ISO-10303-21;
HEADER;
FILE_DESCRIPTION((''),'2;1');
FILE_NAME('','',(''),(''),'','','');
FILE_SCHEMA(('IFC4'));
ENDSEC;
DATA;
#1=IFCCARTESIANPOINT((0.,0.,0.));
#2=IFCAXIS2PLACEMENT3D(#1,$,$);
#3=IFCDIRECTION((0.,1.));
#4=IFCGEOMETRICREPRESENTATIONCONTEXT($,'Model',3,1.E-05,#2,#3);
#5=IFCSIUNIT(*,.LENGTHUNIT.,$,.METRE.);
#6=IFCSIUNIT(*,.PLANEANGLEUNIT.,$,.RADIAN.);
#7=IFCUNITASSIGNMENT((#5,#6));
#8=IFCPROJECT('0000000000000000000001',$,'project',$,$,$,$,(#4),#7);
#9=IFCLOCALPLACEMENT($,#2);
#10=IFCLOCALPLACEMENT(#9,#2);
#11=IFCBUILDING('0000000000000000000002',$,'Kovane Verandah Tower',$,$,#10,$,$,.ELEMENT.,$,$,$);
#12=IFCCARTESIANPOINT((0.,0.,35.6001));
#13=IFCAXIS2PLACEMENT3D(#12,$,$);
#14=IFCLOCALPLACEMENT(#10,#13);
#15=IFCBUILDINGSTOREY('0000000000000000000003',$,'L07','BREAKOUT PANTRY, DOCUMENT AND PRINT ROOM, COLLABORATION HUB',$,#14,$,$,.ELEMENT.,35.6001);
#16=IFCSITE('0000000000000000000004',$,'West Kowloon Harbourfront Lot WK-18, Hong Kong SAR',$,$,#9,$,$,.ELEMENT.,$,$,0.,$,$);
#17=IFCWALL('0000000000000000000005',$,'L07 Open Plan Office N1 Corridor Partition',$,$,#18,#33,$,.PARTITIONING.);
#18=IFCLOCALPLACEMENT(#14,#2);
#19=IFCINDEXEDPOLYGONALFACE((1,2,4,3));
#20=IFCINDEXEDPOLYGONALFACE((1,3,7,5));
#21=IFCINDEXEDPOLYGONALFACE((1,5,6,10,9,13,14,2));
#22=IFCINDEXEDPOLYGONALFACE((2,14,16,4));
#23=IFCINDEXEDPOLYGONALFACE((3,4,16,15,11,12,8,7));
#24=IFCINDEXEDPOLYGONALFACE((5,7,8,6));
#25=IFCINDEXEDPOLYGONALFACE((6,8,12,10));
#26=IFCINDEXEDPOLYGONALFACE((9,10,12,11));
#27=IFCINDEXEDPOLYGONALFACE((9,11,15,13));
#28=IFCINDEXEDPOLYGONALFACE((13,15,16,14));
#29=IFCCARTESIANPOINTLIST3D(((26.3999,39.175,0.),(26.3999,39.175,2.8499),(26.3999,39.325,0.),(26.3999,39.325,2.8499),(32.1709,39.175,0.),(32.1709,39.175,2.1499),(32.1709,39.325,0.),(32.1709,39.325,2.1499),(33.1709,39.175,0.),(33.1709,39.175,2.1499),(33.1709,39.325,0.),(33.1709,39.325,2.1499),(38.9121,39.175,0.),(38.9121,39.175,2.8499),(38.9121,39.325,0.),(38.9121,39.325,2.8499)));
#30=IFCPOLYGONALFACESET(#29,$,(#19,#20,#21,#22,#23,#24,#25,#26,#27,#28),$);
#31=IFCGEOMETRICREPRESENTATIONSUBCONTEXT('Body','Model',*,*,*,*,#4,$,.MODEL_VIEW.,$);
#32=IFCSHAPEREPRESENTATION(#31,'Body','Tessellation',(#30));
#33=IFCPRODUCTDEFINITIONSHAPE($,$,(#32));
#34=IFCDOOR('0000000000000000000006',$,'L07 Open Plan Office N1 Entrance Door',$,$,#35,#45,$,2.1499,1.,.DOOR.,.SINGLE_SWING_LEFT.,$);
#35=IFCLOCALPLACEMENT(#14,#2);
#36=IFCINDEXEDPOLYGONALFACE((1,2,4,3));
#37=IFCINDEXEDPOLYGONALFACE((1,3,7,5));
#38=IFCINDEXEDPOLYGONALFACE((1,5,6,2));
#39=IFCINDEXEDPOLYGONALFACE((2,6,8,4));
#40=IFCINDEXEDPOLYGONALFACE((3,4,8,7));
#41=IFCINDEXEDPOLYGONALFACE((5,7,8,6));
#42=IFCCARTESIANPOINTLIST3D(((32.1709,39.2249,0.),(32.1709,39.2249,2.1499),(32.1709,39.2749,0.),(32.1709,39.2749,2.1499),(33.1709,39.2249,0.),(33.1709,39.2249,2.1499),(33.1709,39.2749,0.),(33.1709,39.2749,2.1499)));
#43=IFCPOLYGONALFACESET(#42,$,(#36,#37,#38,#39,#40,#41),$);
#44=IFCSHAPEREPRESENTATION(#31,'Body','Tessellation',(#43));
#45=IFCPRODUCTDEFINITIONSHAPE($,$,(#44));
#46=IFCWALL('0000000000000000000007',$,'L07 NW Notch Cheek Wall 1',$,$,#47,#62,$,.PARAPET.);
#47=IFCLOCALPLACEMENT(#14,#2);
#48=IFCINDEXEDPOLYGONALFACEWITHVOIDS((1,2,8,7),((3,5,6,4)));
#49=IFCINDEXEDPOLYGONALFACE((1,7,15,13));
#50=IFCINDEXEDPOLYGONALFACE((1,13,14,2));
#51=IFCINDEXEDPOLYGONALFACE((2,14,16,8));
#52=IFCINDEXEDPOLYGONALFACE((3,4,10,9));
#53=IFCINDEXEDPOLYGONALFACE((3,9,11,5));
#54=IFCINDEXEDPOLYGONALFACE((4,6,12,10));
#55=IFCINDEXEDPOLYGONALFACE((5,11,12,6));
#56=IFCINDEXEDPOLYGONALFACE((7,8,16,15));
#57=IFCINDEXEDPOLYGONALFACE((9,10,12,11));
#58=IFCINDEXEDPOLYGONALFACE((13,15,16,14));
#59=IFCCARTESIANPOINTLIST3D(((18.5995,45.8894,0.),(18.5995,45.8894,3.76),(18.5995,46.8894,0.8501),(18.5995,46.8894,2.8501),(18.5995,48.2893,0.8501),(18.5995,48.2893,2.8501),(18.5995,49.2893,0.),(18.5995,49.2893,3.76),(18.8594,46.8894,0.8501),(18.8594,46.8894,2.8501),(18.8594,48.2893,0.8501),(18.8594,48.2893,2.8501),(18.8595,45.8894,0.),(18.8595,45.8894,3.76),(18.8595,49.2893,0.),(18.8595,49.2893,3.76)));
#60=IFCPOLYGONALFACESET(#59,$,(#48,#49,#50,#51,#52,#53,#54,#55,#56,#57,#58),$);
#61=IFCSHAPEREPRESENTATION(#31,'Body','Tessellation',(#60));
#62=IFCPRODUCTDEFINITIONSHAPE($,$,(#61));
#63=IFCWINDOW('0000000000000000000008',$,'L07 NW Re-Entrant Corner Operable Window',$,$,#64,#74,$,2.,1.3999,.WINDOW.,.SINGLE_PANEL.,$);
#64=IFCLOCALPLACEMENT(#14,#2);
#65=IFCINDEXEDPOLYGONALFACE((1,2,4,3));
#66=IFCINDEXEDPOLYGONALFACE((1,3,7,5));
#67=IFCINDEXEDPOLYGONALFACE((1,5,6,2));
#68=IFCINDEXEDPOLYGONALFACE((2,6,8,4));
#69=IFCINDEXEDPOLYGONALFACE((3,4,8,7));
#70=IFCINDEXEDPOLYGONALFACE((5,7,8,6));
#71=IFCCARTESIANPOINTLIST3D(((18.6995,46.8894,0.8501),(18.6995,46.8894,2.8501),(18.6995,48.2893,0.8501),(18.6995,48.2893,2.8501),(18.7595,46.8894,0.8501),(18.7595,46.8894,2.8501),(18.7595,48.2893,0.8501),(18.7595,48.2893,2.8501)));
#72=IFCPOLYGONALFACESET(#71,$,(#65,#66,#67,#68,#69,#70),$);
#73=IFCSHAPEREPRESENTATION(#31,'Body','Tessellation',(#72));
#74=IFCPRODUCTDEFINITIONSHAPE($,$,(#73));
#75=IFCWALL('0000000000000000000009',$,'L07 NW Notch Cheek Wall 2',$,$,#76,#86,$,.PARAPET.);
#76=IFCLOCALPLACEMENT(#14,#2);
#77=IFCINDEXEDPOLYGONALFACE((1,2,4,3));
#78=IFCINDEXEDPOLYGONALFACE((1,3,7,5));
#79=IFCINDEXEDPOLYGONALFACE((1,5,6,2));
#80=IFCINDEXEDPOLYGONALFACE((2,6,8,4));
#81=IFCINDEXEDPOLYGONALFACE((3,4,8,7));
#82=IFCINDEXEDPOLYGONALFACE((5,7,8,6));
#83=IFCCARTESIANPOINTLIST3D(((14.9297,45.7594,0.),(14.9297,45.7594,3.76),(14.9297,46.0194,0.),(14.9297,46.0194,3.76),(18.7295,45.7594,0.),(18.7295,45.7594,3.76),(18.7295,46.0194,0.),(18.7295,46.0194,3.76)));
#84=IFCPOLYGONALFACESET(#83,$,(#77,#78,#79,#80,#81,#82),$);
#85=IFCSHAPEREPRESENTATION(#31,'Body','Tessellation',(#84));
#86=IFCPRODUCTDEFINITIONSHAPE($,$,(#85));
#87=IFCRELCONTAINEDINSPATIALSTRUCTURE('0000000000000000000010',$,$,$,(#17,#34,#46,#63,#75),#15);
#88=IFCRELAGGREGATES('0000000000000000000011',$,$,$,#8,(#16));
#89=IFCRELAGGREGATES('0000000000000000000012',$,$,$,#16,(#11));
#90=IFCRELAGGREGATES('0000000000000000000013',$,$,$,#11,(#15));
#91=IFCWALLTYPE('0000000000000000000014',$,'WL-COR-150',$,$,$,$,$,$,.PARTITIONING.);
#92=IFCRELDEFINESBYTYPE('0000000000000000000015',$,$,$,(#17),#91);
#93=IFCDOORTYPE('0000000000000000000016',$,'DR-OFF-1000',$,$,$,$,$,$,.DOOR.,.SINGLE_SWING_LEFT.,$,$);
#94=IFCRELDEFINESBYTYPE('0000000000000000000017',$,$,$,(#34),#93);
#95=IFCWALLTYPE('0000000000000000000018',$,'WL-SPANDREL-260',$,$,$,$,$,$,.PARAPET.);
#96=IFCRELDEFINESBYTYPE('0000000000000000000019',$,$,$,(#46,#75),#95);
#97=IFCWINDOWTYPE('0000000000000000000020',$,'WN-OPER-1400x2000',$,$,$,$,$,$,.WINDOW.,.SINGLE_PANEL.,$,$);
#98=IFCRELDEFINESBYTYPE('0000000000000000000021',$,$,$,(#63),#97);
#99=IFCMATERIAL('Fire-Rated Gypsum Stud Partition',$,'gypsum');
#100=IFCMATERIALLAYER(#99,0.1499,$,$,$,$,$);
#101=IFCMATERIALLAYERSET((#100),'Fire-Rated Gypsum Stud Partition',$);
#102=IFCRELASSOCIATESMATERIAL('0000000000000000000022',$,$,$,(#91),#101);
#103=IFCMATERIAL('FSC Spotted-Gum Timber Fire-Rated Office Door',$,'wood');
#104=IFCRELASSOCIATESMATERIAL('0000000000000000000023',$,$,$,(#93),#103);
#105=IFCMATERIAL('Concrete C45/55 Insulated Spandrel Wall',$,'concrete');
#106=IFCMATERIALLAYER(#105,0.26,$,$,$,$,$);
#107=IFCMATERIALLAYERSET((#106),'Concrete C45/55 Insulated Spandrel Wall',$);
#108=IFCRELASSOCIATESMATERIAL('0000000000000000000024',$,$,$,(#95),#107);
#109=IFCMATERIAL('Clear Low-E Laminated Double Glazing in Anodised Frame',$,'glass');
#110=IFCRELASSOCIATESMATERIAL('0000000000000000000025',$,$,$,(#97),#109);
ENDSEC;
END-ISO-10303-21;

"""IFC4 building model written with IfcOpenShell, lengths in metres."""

from ifc_helpers import new_model, si_unit, direction, frame, frame_2d, origin, place, context, subcontext, project, spatial, rectangle, extrude, material, layer, layer_set, type_object, element, fill, save


model = new_model("IFC4")

# Units and contexts
model_context = context("Model", 3, precision=1e-05, world=origin(), true_north=direction((0.0, 1.0)))
body_context = subcontext(model_context, "Body", "Model", "MODEL_VIEW")
ifc_project = project(units=[si_unit("LENGTHUNIT", "METRE"), si_unit("PLANEANGLEUNIT", "RADIAN")], contexts=[model_context])

# Site, building, storey
site_placement = place(None, origin())
site = spatial("IfcSite", under=ifc_project, at=site_placement, Name="West Kowloon Harbourfront Lot WK-18, Hong Kong SAR", CompositionType="ELEMENT", RefElevation=0.0)
building_placement = place(site_placement, origin())
building = spatial("IfcBuilding", under=site, at=building_placement, Name="Kovane Verandah Tower", CompositionType="ELEMENT")
storey_placement = place(building_placement, frame((0.0, 0.0, 35.6001)))
storey = spatial("IfcBuildingStorey", under=building, at=storey_placement, Name="L07", Description="BREAKOUT PANTRY, DOCUMENT AND PRINT ROOM, COLLABORATION HUB", CompositionType="ELEMENT", Elevation=35.6001)

# Wall, opening, door
ifc_material_1 = material(Name="Fire-Rated Gypsum Stud Partition", Category="gypsum")
ifc_layer_1 = layer(ifc_material_1, 0.1499)
ifc_layer_set_1 = layer_set([ifc_layer_1], Name="Fire-Rated Gypsum Stud Partition")
wall_type_1 = type_object("IfcWallType", Name="WL-COR-150", PredefinedType="PARTITIONING", material=ifc_layer_set_1)
wall_1_placement = place(storey_placement, frame((26.3999, 39.25, 0.0), z_axis=(0.0, 0.0, 1.0), x_axis=(1.0, 0.0, 0.0)))
wall_1 = element("IfcWall", 1, at=wall_1_placement, inside=storey, type_object=wall_type_1, Name="L07 Open Plan Office N1 Corridor Partition", PredefinedType="PARTITIONING", context=body_context, shape_type="SweptSolid", body=[
    extrude(rectangle(XDim=12.5122, YDim=0.1499, at=frame_2d((6.2561, 0.0))), origin(), (0.0, 0.0, 1.0), 2.8499),
])
opening_1_placement = place(wall_1_placement, frame((5.771, 0.0, 0.0)))
opening_1 = element("IfcOpeningElement", 2, at=opening_1_placement, cuts=wall_1, PredefinedType="OPENING", context=body_context, shape_type="SweptSolid", body=[
    extrude(rectangle(XDim=1.0, YDim=2.1499, at=frame_2d((0.5, 1.075))), frame((0.0, 0.075, 0.0), z_axis=(0.0, -1.0, 0.0), x_axis=(1.0, 0.0, 0.0)), (0.0, 0.0, 1.0), 0.1499),
])
ifc_material_2 = material(Name="FSC Spotted-Gum Timber Fire-Rated Office Door", Category="wood")
door_type_1 = type_object("IfcDoorType", Name="DR-OFF-1000", OperationType="SINGLE_SWING_LEFT", PredefinedType="DOOR", material=ifc_material_2)
door_1_placement = place(opening_1_placement, origin())
door_1 = element("IfcDoor", 3, at=door_1_placement, inside=storey, type_object=door_type_1, Name="L07 Open Plan Office N1 Entrance Door", OperationType="SINGLE_SWING_LEFT", OverallHeight=2.1499, OverallWidth=1.0, PredefinedType="DOOR", context=body_context, shape_type="SweptSolid", body=[
    extrude(rectangle(XDim=1.0, YDim=2.1499, at=frame_2d((0.5, 1.075))), frame((0.0, 0.0249, 0.0), z_axis=(0.0, -1.0, 0.0), x_axis=(1.0, 0.0, 0.0)), (0.0, 0.0, 1.0), 0.05),
])
fill(opening_1, door_1)

# Shared definitions
ifc_material_3 = material(Name="Concrete C45/55 Insulated Spandrel Wall", Category="concrete")
ifc_layer_2 = layer(ifc_material_3, 0.26)
ifc_layer_set_2 = layer_set([ifc_layer_2], Name="Concrete C45/55 Insulated Spandrel Wall")
wall_type_2 = type_object("IfcWallType", Name="WL-SPANDREL-260", PredefinedType="PARAPET", material=ifc_layer_set_2)
ifc_material_4 = material(Name="Clear Low-E Laminated Double Glazing in Anodised Frame", Category="glass")

# Wall, opening, window
wall_2_placement = place(storey_placement, frame((18.7295, 49.2893, 0.0), z_axis=(0.0, 0.0, 1.0), x_axis=(0.0, -1.0, 0.0)))
wall_2 = element("IfcWall", 4, at=wall_2_placement, inside=storey, type_object=wall_type_2, Name="L07 NW Notch Cheek Wall 1", PredefinedType="PARAPET", context=body_context, shape_type="SweptSolid", body=[
    extrude(rectangle(XDim=3.3999, YDim=0.26, at=frame_2d((1.7, 0.0))), origin(), (0.0, 0.0, 1.0), 3.76),
])
opening_2_placement = place(wall_2_placement, frame((1.0, 0.0, 0.8501)))
opening_2 = element("IfcOpeningElement", 5, at=opening_2_placement, cuts=wall_2, PredefinedType="OPENING", context=body_context, shape_type="SweptSolid", body=[
    extrude(rectangle(XDim=1.3999, YDim=2.0, at=frame_2d((0.7, 1.0))), frame((0.0, 0.1299, 0.0), z_axis=(0.0, -1.0, 0.0), x_axis=(1.0, 0.0, 0.0)), (0.0, 0.0, 1.0), 0.26),
])
window_type_1 = type_object("IfcWindowType", Name="WN-OPER-1400x2000", PartitioningType="SINGLE_PANEL", PredefinedType="WINDOW", material=ifc_material_4)
window_1_placement = place(opening_2_placement, origin())
window_1 = element("IfcWindow", 6, at=window_1_placement, inside=storey, type_object=window_type_1, Name="L07 NW Re-Entrant Corner Operable Window", OverallHeight=2.0, OverallWidth=1.3999, PartitioningType="SINGLE_PANEL", PredefinedType="WINDOW", context=body_context, shape_type="SweptSolid", body=[
    extrude(rectangle(XDim=1.3999, YDim=2.0, at=frame_2d((0.7, 1.0))), frame((0.0, 0.03, 0.0), z_axis=(0.0, -1.0, 0.0), x_axis=(1.0, 0.0, 0.0)), (0.0, 0.0, 1.0), 0.0601),
])
fill(opening_2, window_1)

# Wall
wall_3_placement = place(storey_placement, frame((18.7295, 45.8894, 0.0), z_axis=(0.0, 0.0, 1.0), x_axis=(-1.0, 0.0, 0.0)))
element("IfcWall", 7, at=wall_3_placement, inside=storey, type_object=wall_type_2, Name="L07 NW Notch Cheek Wall 2", PredefinedType="PARAPET", context=body_context, shape_type="SweptSolid", body=[
    extrude(rectangle(XDim=3.7998, YDim=0.26, at=frame_2d((1.8999, 0.0))), origin(), (0.0, 0.0, 1.0), 3.76),
])

save(model, "model.ifc")
